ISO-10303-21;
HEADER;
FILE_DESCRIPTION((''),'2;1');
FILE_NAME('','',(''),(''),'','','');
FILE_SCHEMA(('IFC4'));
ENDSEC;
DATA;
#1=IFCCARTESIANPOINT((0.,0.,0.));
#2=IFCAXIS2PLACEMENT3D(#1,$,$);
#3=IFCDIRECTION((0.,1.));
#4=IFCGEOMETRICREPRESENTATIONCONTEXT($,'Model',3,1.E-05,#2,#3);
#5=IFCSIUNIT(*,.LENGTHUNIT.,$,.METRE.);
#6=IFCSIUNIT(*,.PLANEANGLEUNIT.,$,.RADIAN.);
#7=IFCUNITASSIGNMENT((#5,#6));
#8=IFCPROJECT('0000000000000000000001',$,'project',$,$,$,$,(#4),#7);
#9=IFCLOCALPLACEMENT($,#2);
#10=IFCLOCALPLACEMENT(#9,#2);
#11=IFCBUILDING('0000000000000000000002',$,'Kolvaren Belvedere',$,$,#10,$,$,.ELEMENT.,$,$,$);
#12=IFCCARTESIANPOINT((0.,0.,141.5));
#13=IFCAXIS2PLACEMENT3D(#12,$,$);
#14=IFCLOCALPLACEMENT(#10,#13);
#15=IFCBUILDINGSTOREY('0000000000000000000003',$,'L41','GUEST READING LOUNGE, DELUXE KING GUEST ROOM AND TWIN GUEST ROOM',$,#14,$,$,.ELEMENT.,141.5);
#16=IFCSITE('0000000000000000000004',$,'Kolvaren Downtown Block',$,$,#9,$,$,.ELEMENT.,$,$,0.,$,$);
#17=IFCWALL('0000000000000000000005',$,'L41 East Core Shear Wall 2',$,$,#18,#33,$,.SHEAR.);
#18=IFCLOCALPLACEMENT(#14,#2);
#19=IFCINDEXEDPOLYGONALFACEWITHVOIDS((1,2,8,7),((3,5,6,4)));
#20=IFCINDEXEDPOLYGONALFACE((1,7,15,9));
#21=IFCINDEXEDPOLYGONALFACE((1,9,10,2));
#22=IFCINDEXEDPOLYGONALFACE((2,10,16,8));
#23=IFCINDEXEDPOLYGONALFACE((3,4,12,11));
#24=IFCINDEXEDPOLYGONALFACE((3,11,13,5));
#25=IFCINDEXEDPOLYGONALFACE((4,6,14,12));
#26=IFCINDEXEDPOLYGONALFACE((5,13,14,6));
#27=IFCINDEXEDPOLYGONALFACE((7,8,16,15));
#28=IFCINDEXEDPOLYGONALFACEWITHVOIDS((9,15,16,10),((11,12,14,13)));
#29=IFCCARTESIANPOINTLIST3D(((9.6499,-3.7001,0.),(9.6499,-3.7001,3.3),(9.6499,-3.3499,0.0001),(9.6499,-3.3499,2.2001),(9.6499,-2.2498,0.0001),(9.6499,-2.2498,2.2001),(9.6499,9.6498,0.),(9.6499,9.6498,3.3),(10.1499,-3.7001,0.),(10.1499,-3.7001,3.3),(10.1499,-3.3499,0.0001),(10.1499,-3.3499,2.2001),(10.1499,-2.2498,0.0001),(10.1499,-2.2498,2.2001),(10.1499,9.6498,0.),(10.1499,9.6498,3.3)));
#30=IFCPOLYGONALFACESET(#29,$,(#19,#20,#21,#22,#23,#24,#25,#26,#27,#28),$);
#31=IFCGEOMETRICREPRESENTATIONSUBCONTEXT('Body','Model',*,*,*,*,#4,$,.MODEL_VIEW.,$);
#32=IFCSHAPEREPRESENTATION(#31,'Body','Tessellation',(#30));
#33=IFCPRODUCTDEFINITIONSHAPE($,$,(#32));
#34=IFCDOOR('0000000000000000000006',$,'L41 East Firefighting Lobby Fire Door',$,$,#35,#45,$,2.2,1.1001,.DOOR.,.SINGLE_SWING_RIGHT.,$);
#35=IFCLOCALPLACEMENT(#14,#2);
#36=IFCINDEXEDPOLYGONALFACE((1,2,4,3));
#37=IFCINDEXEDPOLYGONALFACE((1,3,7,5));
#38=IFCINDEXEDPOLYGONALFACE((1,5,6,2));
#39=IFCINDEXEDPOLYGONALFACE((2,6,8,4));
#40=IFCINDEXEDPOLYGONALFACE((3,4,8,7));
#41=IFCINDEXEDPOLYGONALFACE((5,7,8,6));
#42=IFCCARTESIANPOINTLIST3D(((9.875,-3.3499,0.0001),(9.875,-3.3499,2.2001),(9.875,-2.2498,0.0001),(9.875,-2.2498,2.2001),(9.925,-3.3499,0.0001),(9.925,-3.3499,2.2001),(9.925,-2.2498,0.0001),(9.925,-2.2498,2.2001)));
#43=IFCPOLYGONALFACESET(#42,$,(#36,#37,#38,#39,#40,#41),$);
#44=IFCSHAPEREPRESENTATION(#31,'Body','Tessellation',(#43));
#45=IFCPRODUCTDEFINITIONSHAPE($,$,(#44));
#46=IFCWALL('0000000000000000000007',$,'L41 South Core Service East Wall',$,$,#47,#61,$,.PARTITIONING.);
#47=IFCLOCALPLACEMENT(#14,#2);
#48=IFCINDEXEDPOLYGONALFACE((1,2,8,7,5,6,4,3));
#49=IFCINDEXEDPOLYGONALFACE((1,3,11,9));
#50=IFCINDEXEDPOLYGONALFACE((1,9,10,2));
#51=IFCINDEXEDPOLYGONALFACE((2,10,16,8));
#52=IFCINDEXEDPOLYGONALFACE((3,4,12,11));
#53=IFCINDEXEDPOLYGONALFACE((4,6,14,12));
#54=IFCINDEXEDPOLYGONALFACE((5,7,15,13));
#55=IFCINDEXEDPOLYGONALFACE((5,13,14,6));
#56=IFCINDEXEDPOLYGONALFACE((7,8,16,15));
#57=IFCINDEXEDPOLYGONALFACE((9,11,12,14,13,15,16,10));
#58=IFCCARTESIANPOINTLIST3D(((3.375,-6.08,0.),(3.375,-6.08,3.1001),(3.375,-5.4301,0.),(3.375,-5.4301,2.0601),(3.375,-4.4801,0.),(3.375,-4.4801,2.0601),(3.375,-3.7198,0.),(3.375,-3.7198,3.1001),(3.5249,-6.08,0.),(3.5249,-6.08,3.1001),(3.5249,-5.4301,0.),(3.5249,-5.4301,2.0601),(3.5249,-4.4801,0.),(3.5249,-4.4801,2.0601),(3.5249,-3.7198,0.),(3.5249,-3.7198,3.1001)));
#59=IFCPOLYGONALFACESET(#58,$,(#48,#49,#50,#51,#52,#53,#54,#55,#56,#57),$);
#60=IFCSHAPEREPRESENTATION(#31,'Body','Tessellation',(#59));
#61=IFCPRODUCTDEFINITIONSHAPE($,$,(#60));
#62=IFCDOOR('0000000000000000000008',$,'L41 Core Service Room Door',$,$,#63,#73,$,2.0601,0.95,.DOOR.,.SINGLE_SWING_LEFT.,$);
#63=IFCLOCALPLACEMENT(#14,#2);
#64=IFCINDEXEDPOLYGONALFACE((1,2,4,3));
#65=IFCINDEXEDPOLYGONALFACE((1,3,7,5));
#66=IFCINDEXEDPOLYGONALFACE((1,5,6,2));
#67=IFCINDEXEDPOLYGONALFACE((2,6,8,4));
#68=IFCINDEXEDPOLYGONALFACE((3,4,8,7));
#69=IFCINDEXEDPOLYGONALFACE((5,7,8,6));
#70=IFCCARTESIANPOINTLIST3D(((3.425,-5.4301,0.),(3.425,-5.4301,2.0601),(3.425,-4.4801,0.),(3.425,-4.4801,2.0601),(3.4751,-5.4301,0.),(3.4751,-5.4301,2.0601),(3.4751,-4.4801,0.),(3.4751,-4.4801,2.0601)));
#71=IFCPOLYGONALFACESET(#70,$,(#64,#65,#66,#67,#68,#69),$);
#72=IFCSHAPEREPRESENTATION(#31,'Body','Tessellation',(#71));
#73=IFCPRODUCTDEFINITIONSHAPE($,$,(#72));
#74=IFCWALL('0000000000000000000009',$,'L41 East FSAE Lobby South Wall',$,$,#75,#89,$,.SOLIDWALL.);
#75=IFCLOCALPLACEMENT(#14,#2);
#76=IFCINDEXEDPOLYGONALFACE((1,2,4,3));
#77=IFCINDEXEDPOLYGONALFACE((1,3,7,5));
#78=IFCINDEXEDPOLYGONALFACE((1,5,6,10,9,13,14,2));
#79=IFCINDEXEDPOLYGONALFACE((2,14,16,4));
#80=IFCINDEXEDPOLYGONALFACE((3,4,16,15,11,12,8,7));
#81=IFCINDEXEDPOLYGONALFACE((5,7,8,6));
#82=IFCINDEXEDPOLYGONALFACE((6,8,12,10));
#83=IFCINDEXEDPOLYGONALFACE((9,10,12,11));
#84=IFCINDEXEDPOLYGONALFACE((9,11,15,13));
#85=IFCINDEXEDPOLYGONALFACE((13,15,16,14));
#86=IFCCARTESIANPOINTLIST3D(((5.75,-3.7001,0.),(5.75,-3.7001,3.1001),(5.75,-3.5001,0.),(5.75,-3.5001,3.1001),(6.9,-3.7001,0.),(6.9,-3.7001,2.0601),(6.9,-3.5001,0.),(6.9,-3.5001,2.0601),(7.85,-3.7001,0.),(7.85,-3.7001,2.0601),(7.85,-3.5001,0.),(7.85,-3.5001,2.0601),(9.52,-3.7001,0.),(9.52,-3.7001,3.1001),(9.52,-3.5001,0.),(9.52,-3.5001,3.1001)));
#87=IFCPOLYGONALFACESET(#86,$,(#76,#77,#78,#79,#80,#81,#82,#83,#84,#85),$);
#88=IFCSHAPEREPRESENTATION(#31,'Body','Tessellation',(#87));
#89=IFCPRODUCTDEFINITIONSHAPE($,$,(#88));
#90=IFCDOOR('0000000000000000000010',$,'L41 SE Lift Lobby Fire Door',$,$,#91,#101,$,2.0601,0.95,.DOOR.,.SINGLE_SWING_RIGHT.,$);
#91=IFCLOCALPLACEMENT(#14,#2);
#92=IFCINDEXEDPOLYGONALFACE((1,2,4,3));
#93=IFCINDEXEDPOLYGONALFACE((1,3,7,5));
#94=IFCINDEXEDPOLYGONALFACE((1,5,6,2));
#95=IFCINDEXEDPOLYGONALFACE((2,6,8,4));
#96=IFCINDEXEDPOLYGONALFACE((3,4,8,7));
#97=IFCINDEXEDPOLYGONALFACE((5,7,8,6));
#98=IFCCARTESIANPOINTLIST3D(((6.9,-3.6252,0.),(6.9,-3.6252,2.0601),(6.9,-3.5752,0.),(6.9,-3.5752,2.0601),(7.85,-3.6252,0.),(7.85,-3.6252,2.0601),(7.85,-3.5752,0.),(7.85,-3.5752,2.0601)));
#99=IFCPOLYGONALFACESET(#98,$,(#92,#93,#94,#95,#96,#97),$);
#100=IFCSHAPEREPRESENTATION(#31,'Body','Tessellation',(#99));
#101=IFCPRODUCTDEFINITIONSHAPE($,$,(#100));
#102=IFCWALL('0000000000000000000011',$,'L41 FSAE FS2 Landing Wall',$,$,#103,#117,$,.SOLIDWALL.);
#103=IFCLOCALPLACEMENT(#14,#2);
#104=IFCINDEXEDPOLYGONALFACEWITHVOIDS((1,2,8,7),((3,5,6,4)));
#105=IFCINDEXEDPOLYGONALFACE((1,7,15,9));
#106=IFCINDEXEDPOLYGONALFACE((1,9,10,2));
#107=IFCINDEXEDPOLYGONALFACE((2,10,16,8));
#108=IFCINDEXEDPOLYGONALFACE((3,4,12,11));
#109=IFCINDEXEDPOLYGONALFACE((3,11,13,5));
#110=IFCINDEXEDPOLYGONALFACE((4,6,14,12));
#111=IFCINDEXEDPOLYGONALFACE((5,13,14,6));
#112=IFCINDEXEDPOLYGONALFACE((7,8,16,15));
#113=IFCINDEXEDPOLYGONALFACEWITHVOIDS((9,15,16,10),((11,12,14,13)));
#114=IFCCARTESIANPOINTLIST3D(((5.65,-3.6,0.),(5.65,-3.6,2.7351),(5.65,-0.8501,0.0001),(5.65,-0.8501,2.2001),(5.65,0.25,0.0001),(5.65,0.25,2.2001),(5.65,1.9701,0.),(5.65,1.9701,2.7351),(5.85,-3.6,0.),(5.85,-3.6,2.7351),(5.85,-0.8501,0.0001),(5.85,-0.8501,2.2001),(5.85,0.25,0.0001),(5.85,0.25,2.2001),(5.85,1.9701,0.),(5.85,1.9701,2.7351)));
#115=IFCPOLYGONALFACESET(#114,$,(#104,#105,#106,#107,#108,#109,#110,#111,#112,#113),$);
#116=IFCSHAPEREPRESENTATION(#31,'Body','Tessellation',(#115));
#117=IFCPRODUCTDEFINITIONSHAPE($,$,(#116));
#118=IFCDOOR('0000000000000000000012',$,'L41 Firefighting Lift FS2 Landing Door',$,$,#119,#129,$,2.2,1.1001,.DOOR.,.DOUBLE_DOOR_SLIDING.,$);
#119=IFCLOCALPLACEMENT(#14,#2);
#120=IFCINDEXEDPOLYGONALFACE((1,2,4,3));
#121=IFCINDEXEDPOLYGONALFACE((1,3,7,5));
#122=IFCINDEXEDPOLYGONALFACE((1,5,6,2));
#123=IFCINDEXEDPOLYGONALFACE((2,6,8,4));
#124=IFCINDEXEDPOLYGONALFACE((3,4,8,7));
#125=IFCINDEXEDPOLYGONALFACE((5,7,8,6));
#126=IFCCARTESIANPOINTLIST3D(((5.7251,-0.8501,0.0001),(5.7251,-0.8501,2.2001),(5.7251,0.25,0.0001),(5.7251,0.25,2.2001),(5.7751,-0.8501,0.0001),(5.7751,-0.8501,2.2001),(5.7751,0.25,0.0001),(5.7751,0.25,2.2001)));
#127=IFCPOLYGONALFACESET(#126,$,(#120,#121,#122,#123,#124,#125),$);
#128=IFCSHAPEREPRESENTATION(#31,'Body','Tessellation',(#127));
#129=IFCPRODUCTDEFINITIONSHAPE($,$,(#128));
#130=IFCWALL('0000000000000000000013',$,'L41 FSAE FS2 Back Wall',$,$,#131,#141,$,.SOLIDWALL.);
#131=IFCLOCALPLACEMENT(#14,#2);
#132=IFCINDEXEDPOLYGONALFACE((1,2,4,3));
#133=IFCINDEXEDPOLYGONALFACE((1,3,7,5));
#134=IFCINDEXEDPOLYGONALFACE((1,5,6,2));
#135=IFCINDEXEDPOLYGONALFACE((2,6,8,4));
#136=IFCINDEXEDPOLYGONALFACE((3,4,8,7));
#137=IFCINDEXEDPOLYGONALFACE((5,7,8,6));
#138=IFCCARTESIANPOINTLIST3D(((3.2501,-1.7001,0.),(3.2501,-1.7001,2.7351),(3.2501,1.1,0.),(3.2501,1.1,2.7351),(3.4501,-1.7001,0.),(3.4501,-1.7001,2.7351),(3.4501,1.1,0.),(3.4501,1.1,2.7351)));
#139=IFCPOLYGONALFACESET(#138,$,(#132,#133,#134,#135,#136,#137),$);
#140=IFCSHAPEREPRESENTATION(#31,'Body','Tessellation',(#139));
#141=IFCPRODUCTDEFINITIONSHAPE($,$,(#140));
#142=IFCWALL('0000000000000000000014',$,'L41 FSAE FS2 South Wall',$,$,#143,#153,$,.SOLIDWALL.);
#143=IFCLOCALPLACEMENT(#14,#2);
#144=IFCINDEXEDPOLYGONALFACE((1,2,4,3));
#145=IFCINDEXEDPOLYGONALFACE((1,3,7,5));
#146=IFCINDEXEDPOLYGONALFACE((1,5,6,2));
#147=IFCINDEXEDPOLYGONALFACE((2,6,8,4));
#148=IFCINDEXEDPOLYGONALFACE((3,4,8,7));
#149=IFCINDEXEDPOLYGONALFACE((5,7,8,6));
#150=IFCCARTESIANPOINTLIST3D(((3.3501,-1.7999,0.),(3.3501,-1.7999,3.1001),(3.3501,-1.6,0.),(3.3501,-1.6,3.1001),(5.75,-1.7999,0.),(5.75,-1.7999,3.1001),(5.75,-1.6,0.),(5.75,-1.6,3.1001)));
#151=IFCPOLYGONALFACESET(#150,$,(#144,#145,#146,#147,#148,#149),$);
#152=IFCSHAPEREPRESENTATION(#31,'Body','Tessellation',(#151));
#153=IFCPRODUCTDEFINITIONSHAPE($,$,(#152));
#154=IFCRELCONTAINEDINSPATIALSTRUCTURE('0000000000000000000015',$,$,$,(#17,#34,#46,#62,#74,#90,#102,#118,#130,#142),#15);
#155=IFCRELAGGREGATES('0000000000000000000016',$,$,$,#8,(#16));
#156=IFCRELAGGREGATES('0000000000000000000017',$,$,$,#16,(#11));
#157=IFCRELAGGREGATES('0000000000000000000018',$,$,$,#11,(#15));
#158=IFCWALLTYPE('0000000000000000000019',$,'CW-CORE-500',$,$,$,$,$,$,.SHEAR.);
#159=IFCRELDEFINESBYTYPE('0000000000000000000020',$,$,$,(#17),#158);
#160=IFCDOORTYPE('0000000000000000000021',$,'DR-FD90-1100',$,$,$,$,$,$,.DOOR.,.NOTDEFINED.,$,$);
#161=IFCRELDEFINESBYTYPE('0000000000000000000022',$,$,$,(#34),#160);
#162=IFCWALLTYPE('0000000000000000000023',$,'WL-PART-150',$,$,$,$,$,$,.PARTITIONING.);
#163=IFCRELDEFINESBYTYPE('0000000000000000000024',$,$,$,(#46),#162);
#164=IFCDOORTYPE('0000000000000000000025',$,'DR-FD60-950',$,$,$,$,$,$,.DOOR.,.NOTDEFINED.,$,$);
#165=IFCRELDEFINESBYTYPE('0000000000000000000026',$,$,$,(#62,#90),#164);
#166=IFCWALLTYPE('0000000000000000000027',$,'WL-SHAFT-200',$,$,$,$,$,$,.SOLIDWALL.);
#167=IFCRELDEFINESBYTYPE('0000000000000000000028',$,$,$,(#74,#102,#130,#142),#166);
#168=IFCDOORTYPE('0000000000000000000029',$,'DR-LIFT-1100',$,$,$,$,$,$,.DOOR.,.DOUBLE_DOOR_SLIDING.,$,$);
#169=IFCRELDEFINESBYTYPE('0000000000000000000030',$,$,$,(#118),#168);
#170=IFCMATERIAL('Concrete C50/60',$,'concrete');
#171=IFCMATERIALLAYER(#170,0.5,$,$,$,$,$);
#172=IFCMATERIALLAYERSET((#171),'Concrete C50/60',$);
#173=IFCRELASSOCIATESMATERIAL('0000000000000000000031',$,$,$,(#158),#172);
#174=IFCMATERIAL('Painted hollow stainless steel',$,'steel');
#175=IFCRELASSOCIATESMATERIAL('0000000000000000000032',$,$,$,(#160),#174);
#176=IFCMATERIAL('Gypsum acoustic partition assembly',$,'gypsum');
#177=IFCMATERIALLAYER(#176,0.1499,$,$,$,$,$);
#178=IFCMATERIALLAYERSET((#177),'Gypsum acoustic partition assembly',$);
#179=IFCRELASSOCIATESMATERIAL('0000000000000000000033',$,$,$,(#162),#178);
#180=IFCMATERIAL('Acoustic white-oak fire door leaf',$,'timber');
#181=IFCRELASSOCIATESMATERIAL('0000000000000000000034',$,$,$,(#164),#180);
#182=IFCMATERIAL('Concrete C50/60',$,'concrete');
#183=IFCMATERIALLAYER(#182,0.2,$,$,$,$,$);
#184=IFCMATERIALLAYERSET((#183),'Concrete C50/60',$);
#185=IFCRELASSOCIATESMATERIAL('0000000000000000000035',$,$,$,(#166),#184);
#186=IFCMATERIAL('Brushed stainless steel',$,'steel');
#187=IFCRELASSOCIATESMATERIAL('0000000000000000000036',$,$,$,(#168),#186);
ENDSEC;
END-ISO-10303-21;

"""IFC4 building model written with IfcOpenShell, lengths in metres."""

from ifc_helpers import new_model, si_unit, direction, frame, frame_2d, origin, place, context, subcontext, project, spatial, rectangle, extrude, material, layer, layer_set, type_object, element, fill, save


model = new_model("IFC4")

# Units and contexts
model_context = context("Model", 3, precision=1e-05, world=origin(), true_north=direction((0.0, 1.0)))
body_context = subcontext(model_context, "Body", "Model", "MODEL_VIEW")
ifc_project = project(units=[si_unit("LENGTHUNIT", "METRE"), si_unit("PLANEANGLEUNIT", "RADIAN")], contexts=[model_context])

# Site, building, storey
site_placement = place(None, origin())
site = spatial("IfcSite", under=ifc_project, at=site_placement, Name="Kolvaren Downtown Block", CompositionType="ELEMENT", RefElevation=0.0)
building_placement = place(site_placement, origin())
building = spatial("IfcBuilding", under=site, at=building_placement, Name="Kolvaren Belvedere", CompositionType="ELEMENT")
storey_placement = place(building_placement, frame((0.0, 0.0, 141.5)))
storey = spatial("IfcBuildingStorey", under=building, at=storey_placement, Name="L41", Description="GUEST READING LOUNGE, DELUXE KING GUEST ROOM AND TWIN GUEST ROOM", CompositionType="ELEMENT", Elevation=141.5)

# Walls, openings, doors
ifc_material_1 = material(Name="Concrete C50/60", Category="concrete")
ifc_layer_1 = layer(ifc_material_1, 0.5)
ifc_layer_set_1 = layer_set([ifc_layer_1], Name="Concrete C50/60")
wall_type_1 = type_object("IfcWallType", Name="CW-CORE-500", PredefinedType="SHEAR", material=ifc_layer_set_1)
wall_1_placement = place(storey_placement, frame((9.8999, -3.7, 0.0), z_axis=(0.0, 0.0, 1.0), x_axis=(0.0, 1.0, 0.0)))
wall_1 = element("IfcWall", 1, at=wall_1_placement, inside=storey, type_object=wall_type_1, Name="L41 East Core Shear Wall 2", PredefinedType="SHEAR", context=body_context, shape_type="SweptSolid", body=[
    extrude(rectangle(XDim=13.3499, YDim=0.5, at=frame_2d((6.6748, 0.0))), origin(), (0.0, 0.0, 1.0), 3.3),
])
opening_1_placement = place(wall_1_placement, frame((0.3501, 0.0, 0.0)))
opening_1 = element("IfcOpeningElement", 2, at=opening_1_placement, cuts=wall_1, PredefinedType="OPENING", context=body_context, shape_type="SweptSolid", body=[
    extrude(rectangle(XDim=1.1001, YDim=2.2, at=frame_2d((0.55, 1.1001))), frame((0.0, 0.26, 0.0), z_axis=(0.0, -1.0, 0.0), x_axis=(1.0, 0.0, 0.0)), (0.0, 0.0, 1.0), 0.52),
])
ifc_material_2 = material(Name="Painted hollow stainless steel", Category="steel")
door_type_1 = type_object("IfcDoorType", Name="DR-FD90-1100", OperationType="NOTDEFINED", PredefinedType="DOOR", material=ifc_material_2)
door_1_placement = place(opening_1_placement, origin())
door_1 = element("IfcDoor", 3, at=door_1_placement, inside=storey, type_object=door_type_1, Name="L41 East Firefighting Lobby Fire Door", OperationType="SINGLE_SWING_RIGHT", OverallHeight=2.2, OverallWidth=1.1001, PredefinedType="DOOR", context=body_context, shape_type="SweptSolid", body=[
    extrude(rectangle(XDim=1.1001, YDim=2.2, at=frame_2d((0.55, 1.1001))), frame((0.0, 0.0249, 0.0), z_axis=(0.0, -1.0, 0.0), x_axis=(1.0, 0.0, 0.0)), (0.0, 0.0, 1.0), 0.05),
])
fill(opening_1, door_1)
ifc_material_3 = material(Name="Gypsum acoustic partition assembly", Category="gypsum")
ifc_layer_2 = layer(ifc_material_3, 0.1499)
ifc_layer_set_2 = layer_set([ifc_layer_2], Name="Gypsum acoustic partition assembly")
wall_type_2 = type_object("IfcWallType", Name="WL-PART-150", PredefinedType="PARTITIONING", material=ifc_layer_set_2)
wall_2_placement = place(storey_placement, frame((3.45, -6.0801, 0.0), z_axis=(0.0, 0.0, 1.0), x_axis=(0.0, 1.0, 0.0)))
wall_2 = element("IfcWall", 4, at=wall_2_placement, inside=storey, type_object=wall_type_2, Name="L41 South Core Service East Wall", PredefinedType="PARTITIONING", context=body_context, shape_type="SweptSolid", body=[
    extrude(rectangle(XDim=2.3601, YDim=0.1499, at=frame_2d((1.1802, 0.0))), origin(), (0.0, 0.0, 1.0), 3.1001),
])
opening_2_placement = place(wall_2_placement, frame((0.6499, 0.0, 0.0)))
opening_2 = element("IfcOpeningElement", 5, at=opening_2_placement, cuts=wall_2, PredefinedType="OPENING", context=body_context, shape_type="SweptSolid", body=[
    extrude(rectangle(XDim=0.95, YDim=2.0601, at=frame_2d((0.4751, 1.03))), frame((0.0, 0.085, 0.0), z_axis=(0.0, -1.0, 0.0), x_axis=(1.0, 0.0, 0.0)), (0.0, 0.0, 1.0), 0.1699),
])
ifc_material_4 = material(Name="Acoustic white-oak fire door leaf", Category="timber")
door_type_2 = type_object("IfcDoorType", Name="DR-FD60-950", OperationType="NOTDEFINED", PredefinedType="DOOR", material=ifc_material_4)
door_2_placement = place(opening_2_placement, origin())
door_2 = element("IfcDoor", 6, at=door_2_placement, inside=storey, type_object=door_type_2, Name="L41 Core Service Room Door", OperationType="SINGLE_SWING_LEFT", OverallHeight=2.0601, OverallWidth=0.95, PredefinedType="DOOR", context=body_context, shape_type="SweptSolid", body=[
    extrude(rectangle(XDim=0.95, YDim=2.0601, at=frame_2d((0.4751, 1.03))), frame((0.0, 0.0249, 0.0), z_axis=(0.0, -1.0, 0.0), x_axis=(1.0, 0.0, 0.0)), (0.0, 0.0, 1.0), 0.05),
])
fill(opening_2, door_2)
ifc_material_5 = material(Name="Concrete C50/60", Category="concrete")
ifc_layer_3 = layer(ifc_material_5, 0.2)
ifc_layer_set_3 = layer_set([ifc_layer_3], Name="Concrete C50/60")
wall_type_3 = type_object("IfcWallType", Name="WL-SHAFT-200", PredefinedType="SOLIDWALL", material=ifc_layer_set_3)
wall_3_placement = place(storey_placement, frame((5.75, -3.6001, 0.0), z_axis=(0.0, 0.0, 1.0), x_axis=(1.0, 0.0, 0.0)))
wall_3 = element("IfcWall", 7, at=wall_3_placement, inside=storey, type_object=wall_type_3, Name="L41 East FSAE Lobby South Wall", PredefinedType="SOLIDWALL", context=body_context, shape_type="SweptSolid", body=[
    extrude(rectangle(XDim=3.77, YDim=0.2, at=frame_2d((1.885, 0.0))), origin(), (0.0, 0.0, 1.0), 3.1001),
])
opening_3_placement = place(wall_3_placement, frame((1.1499, 0.0, 0.0)))
opening_3 = element("IfcOpeningElement", 8, at=opening_3_placement, cuts=wall_3, PredefinedType="OPENING", context=body_context, shape_type="SweptSolid", body=[
    extrude(rectangle(XDim=0.95, YDim=2.0601, at=frame_2d((0.4751, 1.03))), frame((0.0, 0.1099, 0.0), z_axis=(0.0, -1.0, 0.0), x_axis=(1.0, 0.0, 0.0)), (0.0, 0.0, 1.0), 0.22),
])
door_3_placement = place(opening_3_placement, origin())
door_3 = element("IfcDoor", 9, at=door_3_placement, inside=storey, type_object=door_type_2, Name="L41 SE Lift Lobby Fire Door", OperationType="SINGLE_SWING_RIGHT", OverallHeight=2.0601, OverallWidth=0.95, PredefinedType="DOOR", context=body_context, shape_type="SweptSolid", body=[
    extrude(rectangle(XDim=0.95, YDim=2.0601, at=frame_2d((0.4751, 1.03))), frame((0.0, 0.0249, 0.0), z_axis=(0.0, -1.0, 0.0), x_axis=(1.0, 0.0, 0.0)), (0.0, 0.0, 1.0), 0.05),
])
fill(opening_3, door_3)
wall_4_placement = place(storey_placement, frame((5.75, -3.6001, 0.0), z_axis=(0.0, 0.0, 1.0), x_axis=(0.0, 1.0, 0.0)))
wall_4 = element("IfcWall", 10, at=wall_4_placement, inside=storey, type_object=wall_type_3, Name="L41 FSAE FS2 Landing Wall", PredefinedType="SOLIDWALL", context=body_context, shape_type="SweptSolid", body=[
    extrude(rectangle(XDim=5.5701, YDim=0.2, at=frame_2d((2.7852, 0.0))), origin(), (0.0, 0.0, 1.0), 2.7351),
])
opening_4_placement = place(wall_4_placement, frame((2.75, 0.0, 0.0)))
opening_4 = element("IfcOpeningElement", 11, at=opening_4_placement, cuts=wall_4, PredefinedType="OPENING", context=body_context, shape_type="SweptSolid", body=[
    extrude(rectangle(XDim=1.1001, YDim=2.2, at=frame_2d((0.55, 1.1001))), frame((0.0, 0.1099, 0.0), z_axis=(0.0, -1.0, 0.0), x_axis=(1.0, 0.0, 0.0)), (0.0, 0.0, 1.0), 0.22),
])
ifc_material_6 = material(Name="Brushed stainless steel", Category="steel")
door_type_3 = type_object("IfcDoorType", Name="DR-LIFT-1100", OperationType="DOUBLE_DOOR_SLIDING", PredefinedType="DOOR", material=ifc_material_6)
door_4_placement = place(opening_4_placement, origin())
door_4 = element("IfcDoor", 12, at=door_4_placement, inside=storey, type_object=door_type_3, Name="L41 Firefighting Lift FS2 Landing Door", OperationType="DOUBLE_DOOR_SLIDING", OverallHeight=2.2, OverallWidth=1.1001, PredefinedType="DOOR", context=body_context, shape_type="SweptSolid", body=[
    extrude(rectangle(XDim=1.1001, YDim=2.2, at=frame_2d((0.55, 1.1001))), frame((0.0, 0.0249, 0.0), z_axis=(0.0, -1.0, 0.0), x_axis=(1.0, 0.0, 0.0)), (0.0, 0.0, 1.0), 0.05),
])
fill(opening_4, door_4)

# Walls
wall_5_placement = place(storey_placement, frame((3.3501, -1.7, 0.0), z_axis=(0.0, 0.0, 1.0), x_axis=(0.0, 1.0, 0.0)))
element("IfcWall", 13, at=wall_5_placement, inside=storey, type_object=wall_type_3, Name="L41 FSAE FS2 Back Wall", PredefinedType="SOLIDWALL", context=body_context, shape_type="SweptSolid", body=[
    extrude(rectangle(XDim=2.8, YDim=0.2, at=frame_2d((1.3999, 0.0))), origin(), (0.0, 0.0, 1.0), 2.7351),
])
wall_6_placement = place(storey_placement, frame((3.3501, -1.7, 0.0), z_axis=(0.0, 0.0, 1.0), x_axis=(1.0, 0.0, 0.0)))
element("IfcWall", 14, at=wall_6_placement, inside=storey, type_object=wall_type_3, Name="L41 FSAE FS2 South Wall", PredefinedType="SOLIDWALL", context=body_context, shape_type="SweptSolid", body=[
    extrude(rectangle(XDim=2.3999, YDim=0.2, at=frame_2d((1.2, 0.0))), origin(), (0.0, 0.0, 1.0), 3.1001),
])

save(model, "model.ifc")
